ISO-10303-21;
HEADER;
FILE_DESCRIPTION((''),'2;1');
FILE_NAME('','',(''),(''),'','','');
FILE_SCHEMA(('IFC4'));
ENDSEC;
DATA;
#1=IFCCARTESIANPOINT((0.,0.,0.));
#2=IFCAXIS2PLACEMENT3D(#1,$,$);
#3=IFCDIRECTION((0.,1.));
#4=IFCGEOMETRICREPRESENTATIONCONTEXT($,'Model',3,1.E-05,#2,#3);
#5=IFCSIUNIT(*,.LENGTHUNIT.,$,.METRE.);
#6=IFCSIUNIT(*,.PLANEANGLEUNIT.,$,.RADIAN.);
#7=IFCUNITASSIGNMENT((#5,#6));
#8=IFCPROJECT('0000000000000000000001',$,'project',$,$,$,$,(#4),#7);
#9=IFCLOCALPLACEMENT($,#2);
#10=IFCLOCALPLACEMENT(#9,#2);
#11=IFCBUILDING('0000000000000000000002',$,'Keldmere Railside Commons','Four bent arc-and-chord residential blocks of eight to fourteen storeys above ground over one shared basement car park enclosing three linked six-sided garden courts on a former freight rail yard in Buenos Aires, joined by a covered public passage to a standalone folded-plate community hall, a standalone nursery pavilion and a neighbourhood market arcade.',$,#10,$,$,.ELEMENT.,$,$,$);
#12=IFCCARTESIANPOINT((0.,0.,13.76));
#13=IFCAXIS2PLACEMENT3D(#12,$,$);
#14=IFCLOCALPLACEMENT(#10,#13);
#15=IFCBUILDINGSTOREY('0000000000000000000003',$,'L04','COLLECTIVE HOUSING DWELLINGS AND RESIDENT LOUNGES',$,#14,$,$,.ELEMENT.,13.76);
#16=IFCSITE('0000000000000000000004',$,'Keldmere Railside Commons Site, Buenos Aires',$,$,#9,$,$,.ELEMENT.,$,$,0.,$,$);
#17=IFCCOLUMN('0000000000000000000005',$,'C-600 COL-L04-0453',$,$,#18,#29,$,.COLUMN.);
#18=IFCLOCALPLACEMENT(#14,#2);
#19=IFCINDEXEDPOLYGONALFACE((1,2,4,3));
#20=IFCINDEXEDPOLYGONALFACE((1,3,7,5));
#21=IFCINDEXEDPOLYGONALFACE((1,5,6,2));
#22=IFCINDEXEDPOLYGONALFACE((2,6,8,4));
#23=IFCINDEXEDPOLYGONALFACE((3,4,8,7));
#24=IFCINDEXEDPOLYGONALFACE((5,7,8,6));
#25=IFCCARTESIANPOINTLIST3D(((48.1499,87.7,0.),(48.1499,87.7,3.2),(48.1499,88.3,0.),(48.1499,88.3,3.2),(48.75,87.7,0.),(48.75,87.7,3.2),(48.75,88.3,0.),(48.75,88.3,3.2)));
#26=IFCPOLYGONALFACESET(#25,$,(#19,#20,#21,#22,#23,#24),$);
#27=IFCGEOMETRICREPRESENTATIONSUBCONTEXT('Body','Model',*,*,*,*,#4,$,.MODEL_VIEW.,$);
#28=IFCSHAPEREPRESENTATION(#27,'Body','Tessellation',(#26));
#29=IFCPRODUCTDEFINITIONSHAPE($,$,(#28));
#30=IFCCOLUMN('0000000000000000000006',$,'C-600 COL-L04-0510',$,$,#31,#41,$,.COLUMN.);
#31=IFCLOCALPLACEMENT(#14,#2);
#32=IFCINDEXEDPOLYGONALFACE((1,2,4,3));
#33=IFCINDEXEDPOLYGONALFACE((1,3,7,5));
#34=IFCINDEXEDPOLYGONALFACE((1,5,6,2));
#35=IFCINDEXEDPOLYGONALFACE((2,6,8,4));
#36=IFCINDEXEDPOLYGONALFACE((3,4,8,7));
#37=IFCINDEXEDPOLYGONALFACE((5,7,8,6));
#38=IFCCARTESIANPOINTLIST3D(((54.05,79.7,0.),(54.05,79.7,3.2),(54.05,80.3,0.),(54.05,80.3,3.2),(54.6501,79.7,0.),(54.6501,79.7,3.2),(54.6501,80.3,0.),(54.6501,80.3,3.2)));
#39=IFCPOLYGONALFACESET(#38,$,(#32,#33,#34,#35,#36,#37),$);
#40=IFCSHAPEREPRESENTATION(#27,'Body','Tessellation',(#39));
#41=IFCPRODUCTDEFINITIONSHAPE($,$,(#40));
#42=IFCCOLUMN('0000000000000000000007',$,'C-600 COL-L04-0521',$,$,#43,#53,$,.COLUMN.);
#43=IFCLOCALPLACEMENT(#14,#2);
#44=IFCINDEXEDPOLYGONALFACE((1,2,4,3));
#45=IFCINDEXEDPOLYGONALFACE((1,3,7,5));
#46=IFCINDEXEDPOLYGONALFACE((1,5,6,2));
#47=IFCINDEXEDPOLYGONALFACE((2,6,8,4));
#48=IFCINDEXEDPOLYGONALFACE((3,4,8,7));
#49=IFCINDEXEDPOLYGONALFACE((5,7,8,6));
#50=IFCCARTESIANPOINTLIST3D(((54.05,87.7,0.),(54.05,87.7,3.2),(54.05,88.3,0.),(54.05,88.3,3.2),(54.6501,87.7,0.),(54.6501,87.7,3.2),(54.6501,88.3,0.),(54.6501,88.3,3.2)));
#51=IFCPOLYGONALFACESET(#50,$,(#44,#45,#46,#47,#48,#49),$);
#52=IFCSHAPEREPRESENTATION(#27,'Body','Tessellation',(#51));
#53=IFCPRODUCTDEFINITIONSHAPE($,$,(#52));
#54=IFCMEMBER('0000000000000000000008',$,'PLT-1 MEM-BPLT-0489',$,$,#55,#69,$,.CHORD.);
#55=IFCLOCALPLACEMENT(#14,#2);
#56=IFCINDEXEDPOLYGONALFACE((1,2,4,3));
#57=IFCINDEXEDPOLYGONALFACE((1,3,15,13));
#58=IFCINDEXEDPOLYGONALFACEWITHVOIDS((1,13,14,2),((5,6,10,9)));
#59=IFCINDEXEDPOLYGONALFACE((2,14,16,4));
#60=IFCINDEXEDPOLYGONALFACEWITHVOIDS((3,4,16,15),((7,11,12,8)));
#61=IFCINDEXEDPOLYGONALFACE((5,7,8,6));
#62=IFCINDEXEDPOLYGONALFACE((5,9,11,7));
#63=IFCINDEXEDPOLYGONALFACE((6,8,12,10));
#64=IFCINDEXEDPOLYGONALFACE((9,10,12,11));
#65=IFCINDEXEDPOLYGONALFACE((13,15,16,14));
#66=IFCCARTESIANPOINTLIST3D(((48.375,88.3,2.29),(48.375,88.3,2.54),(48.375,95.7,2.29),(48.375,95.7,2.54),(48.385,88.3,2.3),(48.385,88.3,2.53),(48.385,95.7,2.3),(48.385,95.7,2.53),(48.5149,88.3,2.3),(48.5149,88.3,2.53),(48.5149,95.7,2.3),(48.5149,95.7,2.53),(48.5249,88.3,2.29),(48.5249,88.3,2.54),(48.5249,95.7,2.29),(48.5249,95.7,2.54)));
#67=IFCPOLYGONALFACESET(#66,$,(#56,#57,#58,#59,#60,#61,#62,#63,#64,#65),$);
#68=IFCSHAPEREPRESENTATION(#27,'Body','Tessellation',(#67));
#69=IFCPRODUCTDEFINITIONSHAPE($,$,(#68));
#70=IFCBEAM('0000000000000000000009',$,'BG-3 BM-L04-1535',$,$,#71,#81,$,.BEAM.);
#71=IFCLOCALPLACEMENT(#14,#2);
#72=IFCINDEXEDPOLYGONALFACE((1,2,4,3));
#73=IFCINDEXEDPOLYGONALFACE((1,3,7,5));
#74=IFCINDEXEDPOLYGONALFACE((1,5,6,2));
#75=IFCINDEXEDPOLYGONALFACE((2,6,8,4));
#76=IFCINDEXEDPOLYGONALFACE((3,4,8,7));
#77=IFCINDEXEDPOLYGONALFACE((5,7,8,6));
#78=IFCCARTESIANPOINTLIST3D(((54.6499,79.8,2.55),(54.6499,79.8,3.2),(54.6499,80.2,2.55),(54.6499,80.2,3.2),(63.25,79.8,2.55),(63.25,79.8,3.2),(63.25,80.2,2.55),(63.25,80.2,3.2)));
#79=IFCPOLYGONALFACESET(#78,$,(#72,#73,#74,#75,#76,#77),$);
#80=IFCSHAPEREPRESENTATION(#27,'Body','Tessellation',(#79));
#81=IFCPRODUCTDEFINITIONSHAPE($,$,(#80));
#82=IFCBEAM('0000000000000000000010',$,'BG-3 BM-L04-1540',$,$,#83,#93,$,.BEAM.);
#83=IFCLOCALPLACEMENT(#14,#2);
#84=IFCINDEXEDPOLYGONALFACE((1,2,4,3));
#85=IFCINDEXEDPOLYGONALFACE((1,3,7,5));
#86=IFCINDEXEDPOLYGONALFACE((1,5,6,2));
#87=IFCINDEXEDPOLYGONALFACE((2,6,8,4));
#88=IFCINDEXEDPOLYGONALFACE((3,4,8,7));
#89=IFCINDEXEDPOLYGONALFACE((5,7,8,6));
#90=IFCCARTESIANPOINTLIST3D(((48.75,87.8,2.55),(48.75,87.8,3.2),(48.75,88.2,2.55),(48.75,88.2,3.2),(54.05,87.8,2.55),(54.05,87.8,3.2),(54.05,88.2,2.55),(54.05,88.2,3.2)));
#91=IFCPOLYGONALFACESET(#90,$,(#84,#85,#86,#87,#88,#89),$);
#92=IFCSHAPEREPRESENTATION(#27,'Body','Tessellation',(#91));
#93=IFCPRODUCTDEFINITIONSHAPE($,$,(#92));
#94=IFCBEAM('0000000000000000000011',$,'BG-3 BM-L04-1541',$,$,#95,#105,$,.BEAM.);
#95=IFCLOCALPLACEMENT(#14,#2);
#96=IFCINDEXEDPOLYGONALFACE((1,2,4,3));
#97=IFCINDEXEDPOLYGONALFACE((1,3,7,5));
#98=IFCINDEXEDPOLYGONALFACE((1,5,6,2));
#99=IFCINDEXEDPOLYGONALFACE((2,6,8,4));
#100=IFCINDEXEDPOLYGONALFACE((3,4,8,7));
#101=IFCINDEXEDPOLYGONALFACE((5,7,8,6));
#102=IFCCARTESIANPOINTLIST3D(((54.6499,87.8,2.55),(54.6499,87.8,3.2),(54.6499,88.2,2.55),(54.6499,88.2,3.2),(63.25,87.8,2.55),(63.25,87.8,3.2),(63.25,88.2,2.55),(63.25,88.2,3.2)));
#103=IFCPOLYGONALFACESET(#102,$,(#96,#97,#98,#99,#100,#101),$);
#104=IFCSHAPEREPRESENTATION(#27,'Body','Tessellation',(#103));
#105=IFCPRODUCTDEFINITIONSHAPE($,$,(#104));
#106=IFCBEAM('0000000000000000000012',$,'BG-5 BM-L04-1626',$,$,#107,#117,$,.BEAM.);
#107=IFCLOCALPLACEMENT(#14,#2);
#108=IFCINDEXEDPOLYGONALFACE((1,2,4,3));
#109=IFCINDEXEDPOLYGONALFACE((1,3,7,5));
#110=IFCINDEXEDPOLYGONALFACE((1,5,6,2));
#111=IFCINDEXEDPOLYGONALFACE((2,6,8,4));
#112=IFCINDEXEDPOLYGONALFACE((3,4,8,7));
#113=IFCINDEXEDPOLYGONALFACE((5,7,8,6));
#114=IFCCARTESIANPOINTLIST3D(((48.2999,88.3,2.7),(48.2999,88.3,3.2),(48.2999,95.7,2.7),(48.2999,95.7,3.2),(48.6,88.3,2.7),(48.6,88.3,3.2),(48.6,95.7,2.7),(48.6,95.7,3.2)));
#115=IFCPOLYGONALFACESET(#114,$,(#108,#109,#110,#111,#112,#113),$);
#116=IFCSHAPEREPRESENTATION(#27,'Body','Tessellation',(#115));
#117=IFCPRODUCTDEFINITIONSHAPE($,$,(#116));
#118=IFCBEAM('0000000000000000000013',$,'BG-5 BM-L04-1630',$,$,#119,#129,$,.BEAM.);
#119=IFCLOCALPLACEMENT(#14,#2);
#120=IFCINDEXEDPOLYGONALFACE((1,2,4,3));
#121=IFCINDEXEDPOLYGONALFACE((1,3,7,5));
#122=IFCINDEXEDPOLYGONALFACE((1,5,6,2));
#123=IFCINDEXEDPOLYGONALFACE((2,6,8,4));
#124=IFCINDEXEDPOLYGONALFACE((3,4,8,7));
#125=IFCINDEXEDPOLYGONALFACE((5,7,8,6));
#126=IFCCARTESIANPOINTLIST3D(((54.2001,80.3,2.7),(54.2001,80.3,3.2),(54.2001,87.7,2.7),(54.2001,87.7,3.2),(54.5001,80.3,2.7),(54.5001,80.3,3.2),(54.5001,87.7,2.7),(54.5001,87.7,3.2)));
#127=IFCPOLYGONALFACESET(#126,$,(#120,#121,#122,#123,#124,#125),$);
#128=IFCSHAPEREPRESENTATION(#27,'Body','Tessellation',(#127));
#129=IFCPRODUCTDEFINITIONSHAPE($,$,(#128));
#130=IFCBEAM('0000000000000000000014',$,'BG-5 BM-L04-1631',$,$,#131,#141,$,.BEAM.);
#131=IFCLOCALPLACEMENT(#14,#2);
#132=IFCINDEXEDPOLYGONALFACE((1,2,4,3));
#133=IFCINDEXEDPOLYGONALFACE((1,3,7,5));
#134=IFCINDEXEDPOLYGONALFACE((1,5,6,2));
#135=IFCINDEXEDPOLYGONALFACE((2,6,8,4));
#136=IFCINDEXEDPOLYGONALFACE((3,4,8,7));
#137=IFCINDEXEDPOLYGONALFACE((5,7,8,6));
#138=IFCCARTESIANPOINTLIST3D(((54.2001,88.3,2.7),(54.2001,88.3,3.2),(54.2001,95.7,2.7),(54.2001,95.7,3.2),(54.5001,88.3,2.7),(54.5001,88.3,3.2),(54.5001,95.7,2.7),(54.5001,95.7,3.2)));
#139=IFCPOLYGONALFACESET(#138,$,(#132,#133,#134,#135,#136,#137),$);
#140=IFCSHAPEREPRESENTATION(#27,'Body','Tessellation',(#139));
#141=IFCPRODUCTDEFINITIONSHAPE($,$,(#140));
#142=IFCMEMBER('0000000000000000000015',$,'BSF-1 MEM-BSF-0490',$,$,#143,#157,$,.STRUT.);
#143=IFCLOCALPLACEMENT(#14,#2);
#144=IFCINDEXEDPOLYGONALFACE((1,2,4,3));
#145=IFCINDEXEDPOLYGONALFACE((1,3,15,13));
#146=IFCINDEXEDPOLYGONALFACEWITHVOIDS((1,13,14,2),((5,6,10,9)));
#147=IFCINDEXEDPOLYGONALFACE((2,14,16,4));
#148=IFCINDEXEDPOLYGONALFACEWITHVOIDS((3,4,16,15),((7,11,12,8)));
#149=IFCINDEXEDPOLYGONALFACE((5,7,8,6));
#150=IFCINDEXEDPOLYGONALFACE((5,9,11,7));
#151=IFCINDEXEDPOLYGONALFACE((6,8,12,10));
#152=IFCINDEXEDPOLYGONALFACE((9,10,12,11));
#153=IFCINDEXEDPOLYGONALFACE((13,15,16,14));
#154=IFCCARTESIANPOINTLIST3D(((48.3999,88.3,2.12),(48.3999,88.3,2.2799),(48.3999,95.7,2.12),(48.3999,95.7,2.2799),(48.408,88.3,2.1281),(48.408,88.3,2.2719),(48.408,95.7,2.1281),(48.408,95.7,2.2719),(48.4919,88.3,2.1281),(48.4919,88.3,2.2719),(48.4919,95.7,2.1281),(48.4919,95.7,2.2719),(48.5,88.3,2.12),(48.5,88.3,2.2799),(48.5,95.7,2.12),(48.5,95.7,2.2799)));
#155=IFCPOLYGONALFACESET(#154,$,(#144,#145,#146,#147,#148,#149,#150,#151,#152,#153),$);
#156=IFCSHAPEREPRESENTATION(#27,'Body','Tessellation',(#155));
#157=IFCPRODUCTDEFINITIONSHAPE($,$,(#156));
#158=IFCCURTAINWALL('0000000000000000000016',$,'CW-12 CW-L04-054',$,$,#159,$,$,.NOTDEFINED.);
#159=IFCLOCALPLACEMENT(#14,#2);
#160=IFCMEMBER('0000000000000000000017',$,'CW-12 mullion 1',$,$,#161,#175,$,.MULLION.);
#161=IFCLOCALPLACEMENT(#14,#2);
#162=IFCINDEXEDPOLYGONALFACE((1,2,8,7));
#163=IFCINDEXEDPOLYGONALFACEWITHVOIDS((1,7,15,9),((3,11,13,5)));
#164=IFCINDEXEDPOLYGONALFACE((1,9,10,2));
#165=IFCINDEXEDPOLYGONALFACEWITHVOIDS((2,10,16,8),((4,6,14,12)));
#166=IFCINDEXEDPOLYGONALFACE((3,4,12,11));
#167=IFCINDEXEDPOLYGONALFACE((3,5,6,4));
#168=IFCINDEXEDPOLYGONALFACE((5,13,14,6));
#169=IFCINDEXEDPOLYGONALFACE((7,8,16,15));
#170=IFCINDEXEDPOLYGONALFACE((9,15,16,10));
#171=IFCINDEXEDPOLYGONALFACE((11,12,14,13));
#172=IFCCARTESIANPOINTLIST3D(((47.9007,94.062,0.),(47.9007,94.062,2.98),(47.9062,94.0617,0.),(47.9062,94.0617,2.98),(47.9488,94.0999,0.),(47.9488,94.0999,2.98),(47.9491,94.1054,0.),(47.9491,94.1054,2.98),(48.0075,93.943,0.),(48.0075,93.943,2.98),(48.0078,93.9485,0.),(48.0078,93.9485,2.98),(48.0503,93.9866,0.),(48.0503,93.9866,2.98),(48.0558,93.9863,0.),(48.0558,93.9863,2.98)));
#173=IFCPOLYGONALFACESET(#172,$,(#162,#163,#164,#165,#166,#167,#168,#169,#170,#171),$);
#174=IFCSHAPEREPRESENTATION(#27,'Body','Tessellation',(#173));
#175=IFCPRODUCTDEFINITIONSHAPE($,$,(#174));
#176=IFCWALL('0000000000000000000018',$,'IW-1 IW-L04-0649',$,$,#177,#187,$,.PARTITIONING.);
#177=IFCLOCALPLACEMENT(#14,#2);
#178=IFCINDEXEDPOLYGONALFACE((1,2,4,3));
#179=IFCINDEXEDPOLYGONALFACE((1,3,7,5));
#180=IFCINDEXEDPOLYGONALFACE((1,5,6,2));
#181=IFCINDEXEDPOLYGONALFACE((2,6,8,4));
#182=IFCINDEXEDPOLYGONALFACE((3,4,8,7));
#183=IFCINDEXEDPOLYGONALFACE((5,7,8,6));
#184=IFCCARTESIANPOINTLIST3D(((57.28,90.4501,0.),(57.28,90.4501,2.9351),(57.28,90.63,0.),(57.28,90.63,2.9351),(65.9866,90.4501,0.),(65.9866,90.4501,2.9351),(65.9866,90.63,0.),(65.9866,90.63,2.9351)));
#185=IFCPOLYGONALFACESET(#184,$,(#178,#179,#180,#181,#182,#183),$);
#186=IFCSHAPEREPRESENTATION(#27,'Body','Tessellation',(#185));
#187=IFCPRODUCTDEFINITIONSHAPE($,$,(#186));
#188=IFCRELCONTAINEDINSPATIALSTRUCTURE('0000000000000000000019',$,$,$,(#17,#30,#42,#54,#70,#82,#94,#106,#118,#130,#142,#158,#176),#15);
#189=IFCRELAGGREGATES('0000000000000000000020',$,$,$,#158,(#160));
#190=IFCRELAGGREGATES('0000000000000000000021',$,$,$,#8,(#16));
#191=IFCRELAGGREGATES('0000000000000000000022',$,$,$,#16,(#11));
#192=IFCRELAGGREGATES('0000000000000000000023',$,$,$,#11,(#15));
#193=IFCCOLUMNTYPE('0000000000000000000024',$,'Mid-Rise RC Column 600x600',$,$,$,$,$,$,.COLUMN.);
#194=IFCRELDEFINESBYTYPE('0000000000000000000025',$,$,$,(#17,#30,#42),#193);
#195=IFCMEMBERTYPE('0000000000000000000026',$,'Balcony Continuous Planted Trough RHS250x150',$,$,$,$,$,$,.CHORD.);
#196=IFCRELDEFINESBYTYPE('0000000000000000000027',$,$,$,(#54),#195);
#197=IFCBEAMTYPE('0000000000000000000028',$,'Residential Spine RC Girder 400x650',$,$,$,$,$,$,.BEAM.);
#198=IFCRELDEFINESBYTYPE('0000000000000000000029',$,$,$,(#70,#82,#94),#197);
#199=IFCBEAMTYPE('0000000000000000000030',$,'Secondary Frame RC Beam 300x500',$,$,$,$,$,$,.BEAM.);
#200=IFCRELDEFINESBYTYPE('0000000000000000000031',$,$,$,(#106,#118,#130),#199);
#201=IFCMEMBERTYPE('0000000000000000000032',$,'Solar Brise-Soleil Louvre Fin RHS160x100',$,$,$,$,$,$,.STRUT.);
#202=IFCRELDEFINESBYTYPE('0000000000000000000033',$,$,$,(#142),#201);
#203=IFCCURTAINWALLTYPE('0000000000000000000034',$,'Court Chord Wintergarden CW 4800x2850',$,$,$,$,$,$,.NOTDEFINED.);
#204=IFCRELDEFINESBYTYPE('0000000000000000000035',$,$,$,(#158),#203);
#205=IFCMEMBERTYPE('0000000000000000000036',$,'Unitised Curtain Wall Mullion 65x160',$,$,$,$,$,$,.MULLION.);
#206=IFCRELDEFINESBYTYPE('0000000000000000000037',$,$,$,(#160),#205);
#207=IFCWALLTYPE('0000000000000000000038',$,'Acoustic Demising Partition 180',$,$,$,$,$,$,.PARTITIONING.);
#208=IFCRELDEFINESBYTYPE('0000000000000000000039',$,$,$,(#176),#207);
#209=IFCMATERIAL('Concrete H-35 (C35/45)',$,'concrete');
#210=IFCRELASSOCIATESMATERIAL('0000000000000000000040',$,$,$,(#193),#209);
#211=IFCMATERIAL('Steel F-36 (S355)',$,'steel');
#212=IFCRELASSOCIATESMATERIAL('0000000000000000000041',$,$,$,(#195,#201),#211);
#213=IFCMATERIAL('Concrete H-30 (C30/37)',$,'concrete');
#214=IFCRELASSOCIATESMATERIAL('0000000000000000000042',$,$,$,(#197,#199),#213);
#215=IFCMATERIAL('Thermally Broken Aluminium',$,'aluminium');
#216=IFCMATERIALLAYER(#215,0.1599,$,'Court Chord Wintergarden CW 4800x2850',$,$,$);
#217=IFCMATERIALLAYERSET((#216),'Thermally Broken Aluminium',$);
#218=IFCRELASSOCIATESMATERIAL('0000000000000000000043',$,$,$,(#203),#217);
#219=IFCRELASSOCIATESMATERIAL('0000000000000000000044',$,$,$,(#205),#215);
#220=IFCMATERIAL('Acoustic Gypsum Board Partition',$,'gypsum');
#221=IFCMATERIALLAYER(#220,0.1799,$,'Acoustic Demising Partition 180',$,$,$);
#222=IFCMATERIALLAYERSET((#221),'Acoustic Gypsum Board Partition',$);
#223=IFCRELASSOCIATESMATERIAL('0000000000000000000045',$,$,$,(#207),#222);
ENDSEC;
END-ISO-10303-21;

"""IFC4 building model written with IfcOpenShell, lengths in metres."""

from ifc_helpers import new_model, si_unit, direction, frame, frame_2d, origin, origin_2d, place, context, subcontext, project, spatial, rectangle, hollow_rectangle, extrude, material, layer, layer_set, material_profile, profile_set, type_object, element, aggregate, save


model = new_model("IFC4")

# Units and contexts
model_context = context("Model", 3, precision=1e-05, world=origin(), true_north=direction((0.0, 1.0)))
body_context = subcontext(model_context, "Body", "Model", "MODEL_VIEW")
ifc_project = project(units=[si_unit("LENGTHUNIT", "METRE"), si_unit("PLANEANGLEUNIT", "RADIAN")], contexts=[model_context])

# Site, building, storey
site_placement = place(None, origin())
site = spatial("IfcSite", under=ifc_project, at=site_placement, Name="Keldmere Railside Commons Site, Buenos Aires", CompositionType="ELEMENT", RefElevation=0.0)
building_placement = place(site_placement, origin())
building = spatial("IfcBuilding", under=site, at=building_placement, Name="Keldmere Railside Commons", Description="Four bent arc-and-chord residential blocks of eight to fourteen storeys above ground over one shared basement car park enclosing three linked six-sided garden courts on a former freight rail yard in Buenos Aires, joined by a covered public passage to a standalone folded-plate community hall, a standalone nursery pavilion and a neighbourhood market arcade.", CompositionType="ELEMENT")
storey_placement = place(building_placement, frame((0.0, 0.0, 13.76)))
storey = spatial("IfcBuildingStorey", under=building, at=storey_placement, Name="L04", Description="COLLECTIVE HOUSING DWELLINGS AND RESIDENT LOUNGES", CompositionType="ELEMENT", Elevation=13.76)

# Columns
ifc_material_1 = material(Name="Concrete H-35 (C35/45)", Category="concrete")
ifc_material_profile_1 = material_profile(ifc_material_1, rectangle(XDim=0.6001, YDim=0.6001, at=origin_2d()), Name="RC-600x600")
ifc_profile_set_1 = profile_set([ifc_material_profile_1], Name="Concrete H-35 (C35/45)")
column_type = type_object("IfcColumnType", Name="Mid-Rise RC Column 600x600", PredefinedType="COLUMN", material=ifc_profile_set_1)
for number, where, z_axis, x_axis, name in (
    (1, (48.45, 88.0, 0.0), (0.0, 0.0, 1.0), (1.0, 0.0, 0.0), "C-600 COL-L04-0453"),
    (2, (54.3501, 80.0, 0.0), (0.0, 0.0, 1.0), (1.0, 0.0, 0.0), "C-600 COL-L04-0510"),
    (3, (54.3501, 88.0, 0.0), (0.0, 0.0, 1.0), (1.0, 0.0, 0.0), "C-600 COL-L04-0521"),
):
    element("IfcColumn", number, at=place(storey_placement, frame(where, z_axis=z_axis, x_axis=x_axis)), inside=storey, type_object=column_type, Name=name, PredefinedType="COLUMN", context=body_context, shape_type="SweptSolid", body=[
        extrude(rectangle(XDim=0.6001, YDim=0.6001, at=origin_2d()), origin(), (0.0, 0.0, 1.0), 3.2),
    ])

# Member
ifc_material_2 = material(Name="Steel F-36 (S355)", Category="steel")
ifc_material_profile_2 = material_profile(ifc_material_2, hollow_rectangle(XDim=0.1499, YDim=0.25, WallThickness=0.01, at=origin_2d()), Name="RHS-250x150x10")
ifc_profile_set_2 = profile_set([ifc_material_profile_2], Name="Steel F-36 (S355)")
member_type_1 = type_object("IfcMemberType", Name="Balcony Continuous Planted Trough RHS250x150", PredefinedType="CHORD", material=ifc_profile_set_2)
member_1_placement = place(storey_placement, frame((48.45, 88.3, 2.415), z_axis=(0.0, 1.0, 0.0), x_axis=(-1.0, 0.0, 0.0)))
element("IfcMember", 4, at=member_1_placement, inside=storey, type_object=member_type_1, Name="PLT-1 MEM-BPLT-0489", PredefinedType="CHORD", context=body_context, shape_type="SweptSolid", body=[
    extrude(hollow_rectangle(XDim=0.1499, YDim=0.25, WallThickness=0.01, at=origin_2d()), origin(), (0.0, 0.0, 1.0), 7.3999),
])

# Beams
ifc_material_3 = material(Name="Concrete H-30 (C30/37)", Category="concrete")
ifc_material_profile_3 = material_profile(ifc_material_3, rectangle(XDim=0.3999, YDim=0.6499, at=origin_2d()), Name="RC-400x650")
ifc_profile_set_3 = profile_set([ifc_material_profile_3], Name="Concrete H-30 (C30/37)")
beam_type_1 = type_object("IfcBeamType", Name="Residential Spine RC Girder 400x650", PredefinedType="BEAM", material=ifc_profile_set_3)
beam_1_placement = place(storey_placement, frame((54.6499, 80.0, 2.875), z_axis=(1.0, 0.0, 0.0), x_axis=(0.0, 1.0, 0.0)))
element("IfcBeam", 5, at=beam_1_placement, inside=storey, type_object=beam_type_1, Name="BG-3 BM-L04-1535", PredefinedType="BEAM", context=body_context, shape_type="SweptSolid", body=[
    extrude(rectangle(XDim=0.3999, YDim=0.6499, at=origin_2d()), origin(), (0.0, 0.0, 1.0), 8.6001),
])
beam_2_placement = place(storey_placement, frame((48.75, 88.0, 2.875), z_axis=(1.0, 0.0, 0.0), x_axis=(0.0, 1.0, 0.0)))
element("IfcBeam", 6, at=beam_2_placement, inside=storey, type_object=beam_type_1, Name="BG-3 BM-L04-1540", PredefinedType="BEAM", context=body_context, shape_type="SweptSolid", body=[
    extrude(rectangle(XDim=0.3999, YDim=0.6499, at=origin_2d()), origin(), (0.0, 0.0, 1.0), 5.3),
])
beam_3_placement = place(storey_placement, frame((54.6499, 88.0, 2.875), z_axis=(1.0, 0.0, 0.0), x_axis=(0.0, 1.0, 0.0)))
element("IfcBeam", 7, at=beam_3_placement, inside=storey, type_object=beam_type_1, Name="BG-3 BM-L04-1541", PredefinedType="BEAM", context=body_context, shape_type="SweptSolid", body=[
    extrude(rectangle(XDim=0.3999, YDim=0.6499, at=origin_2d()), origin(), (0.0, 0.0, 1.0), 8.6001),
])
ifc_material_profile_4 = material_profile(ifc_material_3, rectangle(XDim=0.3, YDim=0.5, at=origin_2d()), Name="RC-300x500")
ifc_profile_set_4 = profile_set([ifc_material_profile_4], Name="Concrete H-30 (C30/37)")
beam_type_2 = type_object("IfcBeamType", Name="Secondary Frame RC Beam 300x500", PredefinedType="BEAM", material=ifc_profile_set_4)
for number, where, z_axis, x_axis, name in (
    (8, (48.45, 88.3, 2.95), (0.0, 1.0, 0.0), (-1.0, 0.0, 0.0), "BG-5 BM-L04-1626"),
    (9, (54.3501, 80.3, 2.95), (0.0, 1.0, 0.0), (-1.0, 0.0, 0.0), "BG-5 BM-L04-1630"),
    (10, (54.3501, 88.3, 2.95), (0.0, 1.0, 0.0), (-1.0, 0.0, 0.0), "BG-5 BM-L04-1631"),
):
    element("IfcBeam", number, at=place(storey_placement, frame(where, z_axis=z_axis, x_axis=x_axis)), inside=storey, type_object=beam_type_2, Name=name, PredefinedType="BEAM", context=body_context, shape_type="SweptSolid", body=[
        extrude(rectangle(XDim=0.3, YDim=0.5, at=origin_2d()), origin(), (0.0, 0.0, 1.0), 7.3999),
    ])

# Member
ifc_material_profile_5 = material_profile(ifc_material_2, hollow_rectangle(XDim=0.1001, YDim=0.1599, WallThickness=0.0081, at=origin_2d()), Name="RHS-160x100x8")
ifc_profile_set_5 = profile_set([ifc_material_profile_5], Name="Steel F-36 (S355)")
member_type_2 = type_object("IfcMemberType", Name="Solar Brise-Soleil Louvre Fin RHS160x100", PredefinedType="STRUT", material=ifc_profile_set_5)
member_2_placement = place(storey_placement, frame((48.45, 88.3, 2.2), z_axis=(0.0, 1.0, 0.0), x_axis=(-1.0, 0.0, 0.0)))
element("IfcMember", 11, at=member_2_placement, inside=storey, type_object=member_type_2, Name="BSF-1 MEM-BSF-0490", PredefinedType="STRUT", context=body_context, shape_type="SweptSolid", body=[
    extrude(hollow_rectangle(XDim=0.1001, YDim=0.1599, WallThickness=0.0081, at=origin_2d()), origin(), (0.0, 0.0, 1.0), 7.3999),
])

# Curtain wall, member
ifc_material_4 = material(Name="Thermally Broken Aluminium", Category="aluminium")
ifc_layer_1 = layer(ifc_material_4, 0.1599, Name="Court Chord Wintergarden CW 4800x2850")
ifc_layer_set_1 = layer_set([ifc_layer_1], Name="Thermally Broken Aluminium")
curtain_wall_type = type_object("IfcCurtainWallType", Name="Court Chord Wintergarden CW 4800x2850", PredefinedType="NOTDEFINED", material=ifc_layer_set_1)
curtain_wall_placement = place(storey_placement, origin())
curtain_wall = element("IfcCurtainWall", 12, at=curtain_wall_placement, inside=storey, type_object=curtain_wall_type, Name="CW-12 CW-L04-054", PredefinedType="NOTDEFINED")
ifc_material_profile_6 = material_profile(ifc_material_4, hollow_rectangle(XDim=0.0649, YDim=0.1599, WallThickness=0.0039, at=origin_2d()), Name="ALU-MULL-65x160")
ifc_profile_set_6 = profile_set([ifc_material_profile_6], Name="Thermally Broken Aluminium")
member_type_3 = type_object("IfcMemberType", Name="Unitised Curtain Wall Mullion 65x160", PredefinedType="MULLION", material=ifc_profile_set_6)
member_3_placement = place(storey_placement, frame((47.9783, 94.0242, 0.0), z_axis=(0.0, 0.0, 1.0), x_axis=(-0.744557, -0.667559, 0.0)))
member_3 = element("IfcMember", 13, at=member_3_placement, type_object=member_type_3, Name="CW-12 mullion 1", PredefinedType="MULLION", context=body_context, shape_type="SweptSolid", body=[
    extrude(hollow_rectangle(XDim=0.0649, YDim=0.1599, WallThickness=0.0039, at=origin_2d()), origin(), (0.0, 0.0, 1.0), 2.98),
])
aggregate(curtain_wall, [member_3])

# Wall
ifc_material_5 = material(Name="Acoustic Gypsum Board Partition", Category="gypsum")
ifc_layer_2 = layer(ifc_material_5, 0.1799, Name="Acoustic Demising Partition 180")
ifc_layer_set_2 = layer_set([ifc_layer_2], Name="Acoustic Gypsum Board Partition")
wall_type_1 = type_object("IfcWallType", Name="Acoustic Demising Partition 180", PredefinedType="PARTITIONING", material=ifc_layer_set_2)
wall_1_placement = place(storey_placement, frame((57.28, 90.54, 0.0), z_axis=(0.0, 0.0, 1.0), x_axis=(1.0, 0.0, 0.0)))
element("IfcWall", 14, at=wall_1_placement, inside=storey, type_object=wall_type_1, Name="IW-1 IW-L04-0649", PredefinedType="PARTITIONING", context=body_context, shape_type="SweptSolid", body=[
    extrude(rectangle(XDim=8.7065, YDim=0.1799, at=frame_2d((4.3533, 0.0))), origin(), (0.0, 0.0, 1.0), 2.9351),
])

save(model, "model.ifc")
